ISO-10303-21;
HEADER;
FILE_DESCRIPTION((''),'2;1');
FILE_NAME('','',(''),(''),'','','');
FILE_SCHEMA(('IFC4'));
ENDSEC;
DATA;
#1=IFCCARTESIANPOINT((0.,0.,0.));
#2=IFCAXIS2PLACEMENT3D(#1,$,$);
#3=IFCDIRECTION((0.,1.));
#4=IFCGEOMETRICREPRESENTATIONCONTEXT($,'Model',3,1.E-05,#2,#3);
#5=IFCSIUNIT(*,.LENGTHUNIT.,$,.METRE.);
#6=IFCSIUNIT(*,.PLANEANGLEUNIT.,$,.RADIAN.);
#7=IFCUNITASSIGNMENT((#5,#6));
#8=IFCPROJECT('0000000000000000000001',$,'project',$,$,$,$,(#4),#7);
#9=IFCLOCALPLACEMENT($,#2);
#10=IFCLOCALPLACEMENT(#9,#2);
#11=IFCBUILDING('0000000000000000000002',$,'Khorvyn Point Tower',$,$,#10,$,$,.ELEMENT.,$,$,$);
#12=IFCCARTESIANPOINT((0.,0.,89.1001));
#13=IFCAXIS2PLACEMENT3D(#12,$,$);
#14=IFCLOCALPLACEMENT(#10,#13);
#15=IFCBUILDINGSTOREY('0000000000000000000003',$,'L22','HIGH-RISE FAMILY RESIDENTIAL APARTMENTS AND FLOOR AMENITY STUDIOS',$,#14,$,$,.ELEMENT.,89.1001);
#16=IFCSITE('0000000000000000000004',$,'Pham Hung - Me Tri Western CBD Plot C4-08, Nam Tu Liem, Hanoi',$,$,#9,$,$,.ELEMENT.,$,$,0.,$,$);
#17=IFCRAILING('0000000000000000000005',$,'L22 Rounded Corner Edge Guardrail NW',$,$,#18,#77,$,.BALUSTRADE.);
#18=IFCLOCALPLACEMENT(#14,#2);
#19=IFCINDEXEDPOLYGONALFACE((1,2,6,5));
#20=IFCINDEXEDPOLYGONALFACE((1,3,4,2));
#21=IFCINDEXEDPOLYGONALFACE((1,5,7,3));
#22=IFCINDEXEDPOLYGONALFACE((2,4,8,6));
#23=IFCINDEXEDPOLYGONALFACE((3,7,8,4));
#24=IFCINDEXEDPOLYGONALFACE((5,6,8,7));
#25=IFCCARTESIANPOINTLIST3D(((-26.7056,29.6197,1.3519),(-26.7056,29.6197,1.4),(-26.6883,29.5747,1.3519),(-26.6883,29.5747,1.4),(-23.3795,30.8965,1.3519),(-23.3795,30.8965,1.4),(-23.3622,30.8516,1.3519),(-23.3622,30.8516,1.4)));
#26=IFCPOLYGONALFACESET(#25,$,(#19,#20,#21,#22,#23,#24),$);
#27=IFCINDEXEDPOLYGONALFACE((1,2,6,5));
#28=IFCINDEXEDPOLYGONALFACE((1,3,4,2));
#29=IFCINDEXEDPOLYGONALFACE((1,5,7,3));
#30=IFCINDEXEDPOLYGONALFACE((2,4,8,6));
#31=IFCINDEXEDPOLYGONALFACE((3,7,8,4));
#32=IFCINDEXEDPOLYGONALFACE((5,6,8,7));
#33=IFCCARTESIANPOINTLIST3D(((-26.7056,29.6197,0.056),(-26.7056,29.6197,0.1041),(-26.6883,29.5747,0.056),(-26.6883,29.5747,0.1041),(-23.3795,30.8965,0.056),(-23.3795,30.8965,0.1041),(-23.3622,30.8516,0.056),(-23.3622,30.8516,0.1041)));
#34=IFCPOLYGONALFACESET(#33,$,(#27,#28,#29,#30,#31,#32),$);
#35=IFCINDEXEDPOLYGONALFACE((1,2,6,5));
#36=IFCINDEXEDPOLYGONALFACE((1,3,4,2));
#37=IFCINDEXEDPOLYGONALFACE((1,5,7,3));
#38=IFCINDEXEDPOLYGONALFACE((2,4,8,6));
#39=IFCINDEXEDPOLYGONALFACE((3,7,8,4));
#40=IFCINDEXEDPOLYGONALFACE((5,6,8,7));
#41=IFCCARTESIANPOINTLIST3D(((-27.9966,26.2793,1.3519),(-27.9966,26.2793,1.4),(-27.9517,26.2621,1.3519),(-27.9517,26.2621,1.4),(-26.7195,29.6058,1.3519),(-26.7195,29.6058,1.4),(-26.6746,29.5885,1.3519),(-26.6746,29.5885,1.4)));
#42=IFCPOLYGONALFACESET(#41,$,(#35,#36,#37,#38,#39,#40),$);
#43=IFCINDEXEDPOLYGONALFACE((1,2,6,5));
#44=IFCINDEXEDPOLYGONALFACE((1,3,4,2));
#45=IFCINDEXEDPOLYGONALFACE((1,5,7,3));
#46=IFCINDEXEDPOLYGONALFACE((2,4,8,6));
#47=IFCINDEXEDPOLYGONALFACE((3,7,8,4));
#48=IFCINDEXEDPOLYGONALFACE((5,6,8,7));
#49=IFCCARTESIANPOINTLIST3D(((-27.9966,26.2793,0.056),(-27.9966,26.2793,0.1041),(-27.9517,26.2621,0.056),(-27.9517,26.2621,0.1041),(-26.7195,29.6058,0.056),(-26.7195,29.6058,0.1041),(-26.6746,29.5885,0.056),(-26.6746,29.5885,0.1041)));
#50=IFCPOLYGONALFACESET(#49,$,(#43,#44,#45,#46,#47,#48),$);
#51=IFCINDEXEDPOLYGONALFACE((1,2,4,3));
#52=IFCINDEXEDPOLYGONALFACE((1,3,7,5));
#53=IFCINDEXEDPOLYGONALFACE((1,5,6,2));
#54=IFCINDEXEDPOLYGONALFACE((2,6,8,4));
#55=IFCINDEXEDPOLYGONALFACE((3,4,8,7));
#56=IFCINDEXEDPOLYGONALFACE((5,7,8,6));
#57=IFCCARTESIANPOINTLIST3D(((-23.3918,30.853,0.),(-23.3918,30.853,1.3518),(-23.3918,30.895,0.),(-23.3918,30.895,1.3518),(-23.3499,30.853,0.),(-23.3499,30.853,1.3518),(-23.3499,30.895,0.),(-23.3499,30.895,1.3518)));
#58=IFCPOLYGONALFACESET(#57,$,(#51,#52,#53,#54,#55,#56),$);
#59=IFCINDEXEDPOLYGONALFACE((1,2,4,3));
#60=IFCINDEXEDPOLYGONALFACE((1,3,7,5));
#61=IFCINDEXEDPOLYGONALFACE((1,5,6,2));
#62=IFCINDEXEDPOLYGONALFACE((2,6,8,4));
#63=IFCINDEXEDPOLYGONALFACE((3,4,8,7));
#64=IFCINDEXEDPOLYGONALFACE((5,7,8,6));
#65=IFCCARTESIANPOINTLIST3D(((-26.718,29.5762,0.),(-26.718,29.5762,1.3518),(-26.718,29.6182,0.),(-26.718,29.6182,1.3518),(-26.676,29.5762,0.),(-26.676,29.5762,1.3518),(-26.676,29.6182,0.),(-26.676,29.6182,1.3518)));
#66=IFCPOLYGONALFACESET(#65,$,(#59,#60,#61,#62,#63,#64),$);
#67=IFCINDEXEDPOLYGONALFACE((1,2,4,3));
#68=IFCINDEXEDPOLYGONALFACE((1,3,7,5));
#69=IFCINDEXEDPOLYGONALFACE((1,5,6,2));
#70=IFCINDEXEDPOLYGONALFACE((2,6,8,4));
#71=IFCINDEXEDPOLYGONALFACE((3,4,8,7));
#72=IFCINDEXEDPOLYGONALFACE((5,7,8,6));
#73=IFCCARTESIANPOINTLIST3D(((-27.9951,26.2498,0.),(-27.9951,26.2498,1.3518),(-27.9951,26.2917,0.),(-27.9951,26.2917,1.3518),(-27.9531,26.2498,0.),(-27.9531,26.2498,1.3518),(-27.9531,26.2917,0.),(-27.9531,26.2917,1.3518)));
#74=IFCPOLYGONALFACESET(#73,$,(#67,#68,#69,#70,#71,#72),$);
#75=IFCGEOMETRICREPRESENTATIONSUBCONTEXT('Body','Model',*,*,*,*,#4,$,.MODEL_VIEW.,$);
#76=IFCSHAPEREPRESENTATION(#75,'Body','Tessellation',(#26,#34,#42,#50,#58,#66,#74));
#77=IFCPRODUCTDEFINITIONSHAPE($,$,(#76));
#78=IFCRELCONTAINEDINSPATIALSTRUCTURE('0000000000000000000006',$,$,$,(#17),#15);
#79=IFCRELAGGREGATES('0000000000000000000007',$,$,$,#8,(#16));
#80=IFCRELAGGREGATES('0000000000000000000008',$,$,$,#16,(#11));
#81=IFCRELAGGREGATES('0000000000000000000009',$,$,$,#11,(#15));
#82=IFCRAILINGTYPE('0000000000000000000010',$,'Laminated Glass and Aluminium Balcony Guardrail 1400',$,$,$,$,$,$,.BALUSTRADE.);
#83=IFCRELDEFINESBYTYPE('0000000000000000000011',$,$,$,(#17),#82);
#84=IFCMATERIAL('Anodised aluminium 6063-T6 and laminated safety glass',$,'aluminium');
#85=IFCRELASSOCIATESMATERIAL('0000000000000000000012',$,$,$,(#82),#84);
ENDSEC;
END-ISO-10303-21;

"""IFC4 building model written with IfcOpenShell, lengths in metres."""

from ifc_helpers import new_model, si_unit, direction, frame, origin, origin_2d, place, context, subcontext, project, spatial, rectangle, extrude, material, type_object, element, save


model = new_model("IFC4")

# Units and contexts
model_context = context("Model", 3, precision=1e-05, world=origin(), true_north=direction((0.0, 1.0)))
body_context = subcontext(model_context, "Body", "Model", "MODEL_VIEW")
ifc_project = project(units=[si_unit("LENGTHUNIT", "METRE"), si_unit("PLANEANGLEUNIT", "RADIAN")], contexts=[model_context])

# Site, building, storey
site_placement = place(None, origin())
site = spatial("IfcSite", under=ifc_project, at=site_placement, Name="Pham Hung - Me Tri Western CBD Plot C4-08, Nam Tu Liem, Hanoi", CompositionType="ELEMENT", RefElevation=0.0)
building_placement = place(site_placement, origin())
building = spatial("IfcBuilding", under=site, at=building_placement, Name="Khorvyn Point Tower", CompositionType="ELEMENT")
storey_placement = place(building_placement, frame((0.0, 0.0, 89.1001)))
storey = spatial("IfcBuildingStorey", under=building, at=storey_placement, Name="L22", Description="HIGH-RISE FAMILY RESIDENTIAL APARTMENTS AND FLOOR AMENITY STUDIOS", CompositionType="ELEMENT", Elevation=89.1001)

# Railing
ifc_material_1 = material(Name="Anodised aluminium 6063-T6 and laminated safety glass", Category="aluminium")
railing_type = type_object("IfcRailingType", Name="Laminated Glass and Aluminium Balcony Guardrail 1400", PredefinedType="BALUSTRADE", material=ifc_material_1)
railing_1_placement = place(storey_placement, frame((-23.3708, 30.874, 0.0)))
element("IfcRailing", 1, at=railing_1_placement, inside=storey, type_object=railing_type, Name="L22 Rounded Corner Edge Guardrail NW", PredefinedType="BALUSTRADE", context=body_context, shape_type="SweptSolid", body=[
    extrude(rectangle(XDim=0.0481, YDim=0.0481, at=origin_2d()), frame((0.0, 0.0, 1.376), z_axis=(-0.933575, -0.358382, 0.0), x_axis=(0.358382, -0.933575, 0.0)), (0.0, 0.0, 1.0), 3.5627),
    extrude(rectangle(XDim=0.0481, YDim=0.0481, at=origin_2d()), frame((0.0, 0.0, 0.0801), z_axis=(-0.933575, -0.358382, 0.0), x_axis=(0.358382, -0.933575, 0.0)), (0.0, 0.0, 1.0), 3.5627),
    extrude(rectangle(XDim=0.0481, YDim=0.0481, at=origin_2d()), frame((-3.3262, -1.2769, 1.376), z_axis=(-0.358419, -0.933561, 0.0), x_axis=(0.933561, -0.358419, 0.0)), (0.0, 0.0, 1.0), 3.5632),
    extrude(rectangle(XDim=0.0481, YDim=0.0481, at=origin_2d()), frame((-3.3262, -1.2769, 0.0801), z_axis=(-0.358419, -0.933561, 0.0), x_axis=(0.933561, -0.358419, 0.0)), (0.0, 0.0, 1.0), 3.5632),
    extrude(rectangle(XDim=0.042, YDim=0.042, at=origin_2d()), origin(), (0.0, 0.0, 1.0), 1.3518),
    extrude(rectangle(XDim=0.042, YDim=0.042, at=origin_2d()), frame((-3.3262, -1.2769, 0.0)), (0.0, 0.0, 1.0), 1.3518),
    extrude(rectangle(XDim=0.042, YDim=0.042, at=origin_2d()), frame((-4.6033, -4.6033, 0.0)), (0.0, 0.0, 1.0), 1.3518),
])

save(model, "model.ifc")
